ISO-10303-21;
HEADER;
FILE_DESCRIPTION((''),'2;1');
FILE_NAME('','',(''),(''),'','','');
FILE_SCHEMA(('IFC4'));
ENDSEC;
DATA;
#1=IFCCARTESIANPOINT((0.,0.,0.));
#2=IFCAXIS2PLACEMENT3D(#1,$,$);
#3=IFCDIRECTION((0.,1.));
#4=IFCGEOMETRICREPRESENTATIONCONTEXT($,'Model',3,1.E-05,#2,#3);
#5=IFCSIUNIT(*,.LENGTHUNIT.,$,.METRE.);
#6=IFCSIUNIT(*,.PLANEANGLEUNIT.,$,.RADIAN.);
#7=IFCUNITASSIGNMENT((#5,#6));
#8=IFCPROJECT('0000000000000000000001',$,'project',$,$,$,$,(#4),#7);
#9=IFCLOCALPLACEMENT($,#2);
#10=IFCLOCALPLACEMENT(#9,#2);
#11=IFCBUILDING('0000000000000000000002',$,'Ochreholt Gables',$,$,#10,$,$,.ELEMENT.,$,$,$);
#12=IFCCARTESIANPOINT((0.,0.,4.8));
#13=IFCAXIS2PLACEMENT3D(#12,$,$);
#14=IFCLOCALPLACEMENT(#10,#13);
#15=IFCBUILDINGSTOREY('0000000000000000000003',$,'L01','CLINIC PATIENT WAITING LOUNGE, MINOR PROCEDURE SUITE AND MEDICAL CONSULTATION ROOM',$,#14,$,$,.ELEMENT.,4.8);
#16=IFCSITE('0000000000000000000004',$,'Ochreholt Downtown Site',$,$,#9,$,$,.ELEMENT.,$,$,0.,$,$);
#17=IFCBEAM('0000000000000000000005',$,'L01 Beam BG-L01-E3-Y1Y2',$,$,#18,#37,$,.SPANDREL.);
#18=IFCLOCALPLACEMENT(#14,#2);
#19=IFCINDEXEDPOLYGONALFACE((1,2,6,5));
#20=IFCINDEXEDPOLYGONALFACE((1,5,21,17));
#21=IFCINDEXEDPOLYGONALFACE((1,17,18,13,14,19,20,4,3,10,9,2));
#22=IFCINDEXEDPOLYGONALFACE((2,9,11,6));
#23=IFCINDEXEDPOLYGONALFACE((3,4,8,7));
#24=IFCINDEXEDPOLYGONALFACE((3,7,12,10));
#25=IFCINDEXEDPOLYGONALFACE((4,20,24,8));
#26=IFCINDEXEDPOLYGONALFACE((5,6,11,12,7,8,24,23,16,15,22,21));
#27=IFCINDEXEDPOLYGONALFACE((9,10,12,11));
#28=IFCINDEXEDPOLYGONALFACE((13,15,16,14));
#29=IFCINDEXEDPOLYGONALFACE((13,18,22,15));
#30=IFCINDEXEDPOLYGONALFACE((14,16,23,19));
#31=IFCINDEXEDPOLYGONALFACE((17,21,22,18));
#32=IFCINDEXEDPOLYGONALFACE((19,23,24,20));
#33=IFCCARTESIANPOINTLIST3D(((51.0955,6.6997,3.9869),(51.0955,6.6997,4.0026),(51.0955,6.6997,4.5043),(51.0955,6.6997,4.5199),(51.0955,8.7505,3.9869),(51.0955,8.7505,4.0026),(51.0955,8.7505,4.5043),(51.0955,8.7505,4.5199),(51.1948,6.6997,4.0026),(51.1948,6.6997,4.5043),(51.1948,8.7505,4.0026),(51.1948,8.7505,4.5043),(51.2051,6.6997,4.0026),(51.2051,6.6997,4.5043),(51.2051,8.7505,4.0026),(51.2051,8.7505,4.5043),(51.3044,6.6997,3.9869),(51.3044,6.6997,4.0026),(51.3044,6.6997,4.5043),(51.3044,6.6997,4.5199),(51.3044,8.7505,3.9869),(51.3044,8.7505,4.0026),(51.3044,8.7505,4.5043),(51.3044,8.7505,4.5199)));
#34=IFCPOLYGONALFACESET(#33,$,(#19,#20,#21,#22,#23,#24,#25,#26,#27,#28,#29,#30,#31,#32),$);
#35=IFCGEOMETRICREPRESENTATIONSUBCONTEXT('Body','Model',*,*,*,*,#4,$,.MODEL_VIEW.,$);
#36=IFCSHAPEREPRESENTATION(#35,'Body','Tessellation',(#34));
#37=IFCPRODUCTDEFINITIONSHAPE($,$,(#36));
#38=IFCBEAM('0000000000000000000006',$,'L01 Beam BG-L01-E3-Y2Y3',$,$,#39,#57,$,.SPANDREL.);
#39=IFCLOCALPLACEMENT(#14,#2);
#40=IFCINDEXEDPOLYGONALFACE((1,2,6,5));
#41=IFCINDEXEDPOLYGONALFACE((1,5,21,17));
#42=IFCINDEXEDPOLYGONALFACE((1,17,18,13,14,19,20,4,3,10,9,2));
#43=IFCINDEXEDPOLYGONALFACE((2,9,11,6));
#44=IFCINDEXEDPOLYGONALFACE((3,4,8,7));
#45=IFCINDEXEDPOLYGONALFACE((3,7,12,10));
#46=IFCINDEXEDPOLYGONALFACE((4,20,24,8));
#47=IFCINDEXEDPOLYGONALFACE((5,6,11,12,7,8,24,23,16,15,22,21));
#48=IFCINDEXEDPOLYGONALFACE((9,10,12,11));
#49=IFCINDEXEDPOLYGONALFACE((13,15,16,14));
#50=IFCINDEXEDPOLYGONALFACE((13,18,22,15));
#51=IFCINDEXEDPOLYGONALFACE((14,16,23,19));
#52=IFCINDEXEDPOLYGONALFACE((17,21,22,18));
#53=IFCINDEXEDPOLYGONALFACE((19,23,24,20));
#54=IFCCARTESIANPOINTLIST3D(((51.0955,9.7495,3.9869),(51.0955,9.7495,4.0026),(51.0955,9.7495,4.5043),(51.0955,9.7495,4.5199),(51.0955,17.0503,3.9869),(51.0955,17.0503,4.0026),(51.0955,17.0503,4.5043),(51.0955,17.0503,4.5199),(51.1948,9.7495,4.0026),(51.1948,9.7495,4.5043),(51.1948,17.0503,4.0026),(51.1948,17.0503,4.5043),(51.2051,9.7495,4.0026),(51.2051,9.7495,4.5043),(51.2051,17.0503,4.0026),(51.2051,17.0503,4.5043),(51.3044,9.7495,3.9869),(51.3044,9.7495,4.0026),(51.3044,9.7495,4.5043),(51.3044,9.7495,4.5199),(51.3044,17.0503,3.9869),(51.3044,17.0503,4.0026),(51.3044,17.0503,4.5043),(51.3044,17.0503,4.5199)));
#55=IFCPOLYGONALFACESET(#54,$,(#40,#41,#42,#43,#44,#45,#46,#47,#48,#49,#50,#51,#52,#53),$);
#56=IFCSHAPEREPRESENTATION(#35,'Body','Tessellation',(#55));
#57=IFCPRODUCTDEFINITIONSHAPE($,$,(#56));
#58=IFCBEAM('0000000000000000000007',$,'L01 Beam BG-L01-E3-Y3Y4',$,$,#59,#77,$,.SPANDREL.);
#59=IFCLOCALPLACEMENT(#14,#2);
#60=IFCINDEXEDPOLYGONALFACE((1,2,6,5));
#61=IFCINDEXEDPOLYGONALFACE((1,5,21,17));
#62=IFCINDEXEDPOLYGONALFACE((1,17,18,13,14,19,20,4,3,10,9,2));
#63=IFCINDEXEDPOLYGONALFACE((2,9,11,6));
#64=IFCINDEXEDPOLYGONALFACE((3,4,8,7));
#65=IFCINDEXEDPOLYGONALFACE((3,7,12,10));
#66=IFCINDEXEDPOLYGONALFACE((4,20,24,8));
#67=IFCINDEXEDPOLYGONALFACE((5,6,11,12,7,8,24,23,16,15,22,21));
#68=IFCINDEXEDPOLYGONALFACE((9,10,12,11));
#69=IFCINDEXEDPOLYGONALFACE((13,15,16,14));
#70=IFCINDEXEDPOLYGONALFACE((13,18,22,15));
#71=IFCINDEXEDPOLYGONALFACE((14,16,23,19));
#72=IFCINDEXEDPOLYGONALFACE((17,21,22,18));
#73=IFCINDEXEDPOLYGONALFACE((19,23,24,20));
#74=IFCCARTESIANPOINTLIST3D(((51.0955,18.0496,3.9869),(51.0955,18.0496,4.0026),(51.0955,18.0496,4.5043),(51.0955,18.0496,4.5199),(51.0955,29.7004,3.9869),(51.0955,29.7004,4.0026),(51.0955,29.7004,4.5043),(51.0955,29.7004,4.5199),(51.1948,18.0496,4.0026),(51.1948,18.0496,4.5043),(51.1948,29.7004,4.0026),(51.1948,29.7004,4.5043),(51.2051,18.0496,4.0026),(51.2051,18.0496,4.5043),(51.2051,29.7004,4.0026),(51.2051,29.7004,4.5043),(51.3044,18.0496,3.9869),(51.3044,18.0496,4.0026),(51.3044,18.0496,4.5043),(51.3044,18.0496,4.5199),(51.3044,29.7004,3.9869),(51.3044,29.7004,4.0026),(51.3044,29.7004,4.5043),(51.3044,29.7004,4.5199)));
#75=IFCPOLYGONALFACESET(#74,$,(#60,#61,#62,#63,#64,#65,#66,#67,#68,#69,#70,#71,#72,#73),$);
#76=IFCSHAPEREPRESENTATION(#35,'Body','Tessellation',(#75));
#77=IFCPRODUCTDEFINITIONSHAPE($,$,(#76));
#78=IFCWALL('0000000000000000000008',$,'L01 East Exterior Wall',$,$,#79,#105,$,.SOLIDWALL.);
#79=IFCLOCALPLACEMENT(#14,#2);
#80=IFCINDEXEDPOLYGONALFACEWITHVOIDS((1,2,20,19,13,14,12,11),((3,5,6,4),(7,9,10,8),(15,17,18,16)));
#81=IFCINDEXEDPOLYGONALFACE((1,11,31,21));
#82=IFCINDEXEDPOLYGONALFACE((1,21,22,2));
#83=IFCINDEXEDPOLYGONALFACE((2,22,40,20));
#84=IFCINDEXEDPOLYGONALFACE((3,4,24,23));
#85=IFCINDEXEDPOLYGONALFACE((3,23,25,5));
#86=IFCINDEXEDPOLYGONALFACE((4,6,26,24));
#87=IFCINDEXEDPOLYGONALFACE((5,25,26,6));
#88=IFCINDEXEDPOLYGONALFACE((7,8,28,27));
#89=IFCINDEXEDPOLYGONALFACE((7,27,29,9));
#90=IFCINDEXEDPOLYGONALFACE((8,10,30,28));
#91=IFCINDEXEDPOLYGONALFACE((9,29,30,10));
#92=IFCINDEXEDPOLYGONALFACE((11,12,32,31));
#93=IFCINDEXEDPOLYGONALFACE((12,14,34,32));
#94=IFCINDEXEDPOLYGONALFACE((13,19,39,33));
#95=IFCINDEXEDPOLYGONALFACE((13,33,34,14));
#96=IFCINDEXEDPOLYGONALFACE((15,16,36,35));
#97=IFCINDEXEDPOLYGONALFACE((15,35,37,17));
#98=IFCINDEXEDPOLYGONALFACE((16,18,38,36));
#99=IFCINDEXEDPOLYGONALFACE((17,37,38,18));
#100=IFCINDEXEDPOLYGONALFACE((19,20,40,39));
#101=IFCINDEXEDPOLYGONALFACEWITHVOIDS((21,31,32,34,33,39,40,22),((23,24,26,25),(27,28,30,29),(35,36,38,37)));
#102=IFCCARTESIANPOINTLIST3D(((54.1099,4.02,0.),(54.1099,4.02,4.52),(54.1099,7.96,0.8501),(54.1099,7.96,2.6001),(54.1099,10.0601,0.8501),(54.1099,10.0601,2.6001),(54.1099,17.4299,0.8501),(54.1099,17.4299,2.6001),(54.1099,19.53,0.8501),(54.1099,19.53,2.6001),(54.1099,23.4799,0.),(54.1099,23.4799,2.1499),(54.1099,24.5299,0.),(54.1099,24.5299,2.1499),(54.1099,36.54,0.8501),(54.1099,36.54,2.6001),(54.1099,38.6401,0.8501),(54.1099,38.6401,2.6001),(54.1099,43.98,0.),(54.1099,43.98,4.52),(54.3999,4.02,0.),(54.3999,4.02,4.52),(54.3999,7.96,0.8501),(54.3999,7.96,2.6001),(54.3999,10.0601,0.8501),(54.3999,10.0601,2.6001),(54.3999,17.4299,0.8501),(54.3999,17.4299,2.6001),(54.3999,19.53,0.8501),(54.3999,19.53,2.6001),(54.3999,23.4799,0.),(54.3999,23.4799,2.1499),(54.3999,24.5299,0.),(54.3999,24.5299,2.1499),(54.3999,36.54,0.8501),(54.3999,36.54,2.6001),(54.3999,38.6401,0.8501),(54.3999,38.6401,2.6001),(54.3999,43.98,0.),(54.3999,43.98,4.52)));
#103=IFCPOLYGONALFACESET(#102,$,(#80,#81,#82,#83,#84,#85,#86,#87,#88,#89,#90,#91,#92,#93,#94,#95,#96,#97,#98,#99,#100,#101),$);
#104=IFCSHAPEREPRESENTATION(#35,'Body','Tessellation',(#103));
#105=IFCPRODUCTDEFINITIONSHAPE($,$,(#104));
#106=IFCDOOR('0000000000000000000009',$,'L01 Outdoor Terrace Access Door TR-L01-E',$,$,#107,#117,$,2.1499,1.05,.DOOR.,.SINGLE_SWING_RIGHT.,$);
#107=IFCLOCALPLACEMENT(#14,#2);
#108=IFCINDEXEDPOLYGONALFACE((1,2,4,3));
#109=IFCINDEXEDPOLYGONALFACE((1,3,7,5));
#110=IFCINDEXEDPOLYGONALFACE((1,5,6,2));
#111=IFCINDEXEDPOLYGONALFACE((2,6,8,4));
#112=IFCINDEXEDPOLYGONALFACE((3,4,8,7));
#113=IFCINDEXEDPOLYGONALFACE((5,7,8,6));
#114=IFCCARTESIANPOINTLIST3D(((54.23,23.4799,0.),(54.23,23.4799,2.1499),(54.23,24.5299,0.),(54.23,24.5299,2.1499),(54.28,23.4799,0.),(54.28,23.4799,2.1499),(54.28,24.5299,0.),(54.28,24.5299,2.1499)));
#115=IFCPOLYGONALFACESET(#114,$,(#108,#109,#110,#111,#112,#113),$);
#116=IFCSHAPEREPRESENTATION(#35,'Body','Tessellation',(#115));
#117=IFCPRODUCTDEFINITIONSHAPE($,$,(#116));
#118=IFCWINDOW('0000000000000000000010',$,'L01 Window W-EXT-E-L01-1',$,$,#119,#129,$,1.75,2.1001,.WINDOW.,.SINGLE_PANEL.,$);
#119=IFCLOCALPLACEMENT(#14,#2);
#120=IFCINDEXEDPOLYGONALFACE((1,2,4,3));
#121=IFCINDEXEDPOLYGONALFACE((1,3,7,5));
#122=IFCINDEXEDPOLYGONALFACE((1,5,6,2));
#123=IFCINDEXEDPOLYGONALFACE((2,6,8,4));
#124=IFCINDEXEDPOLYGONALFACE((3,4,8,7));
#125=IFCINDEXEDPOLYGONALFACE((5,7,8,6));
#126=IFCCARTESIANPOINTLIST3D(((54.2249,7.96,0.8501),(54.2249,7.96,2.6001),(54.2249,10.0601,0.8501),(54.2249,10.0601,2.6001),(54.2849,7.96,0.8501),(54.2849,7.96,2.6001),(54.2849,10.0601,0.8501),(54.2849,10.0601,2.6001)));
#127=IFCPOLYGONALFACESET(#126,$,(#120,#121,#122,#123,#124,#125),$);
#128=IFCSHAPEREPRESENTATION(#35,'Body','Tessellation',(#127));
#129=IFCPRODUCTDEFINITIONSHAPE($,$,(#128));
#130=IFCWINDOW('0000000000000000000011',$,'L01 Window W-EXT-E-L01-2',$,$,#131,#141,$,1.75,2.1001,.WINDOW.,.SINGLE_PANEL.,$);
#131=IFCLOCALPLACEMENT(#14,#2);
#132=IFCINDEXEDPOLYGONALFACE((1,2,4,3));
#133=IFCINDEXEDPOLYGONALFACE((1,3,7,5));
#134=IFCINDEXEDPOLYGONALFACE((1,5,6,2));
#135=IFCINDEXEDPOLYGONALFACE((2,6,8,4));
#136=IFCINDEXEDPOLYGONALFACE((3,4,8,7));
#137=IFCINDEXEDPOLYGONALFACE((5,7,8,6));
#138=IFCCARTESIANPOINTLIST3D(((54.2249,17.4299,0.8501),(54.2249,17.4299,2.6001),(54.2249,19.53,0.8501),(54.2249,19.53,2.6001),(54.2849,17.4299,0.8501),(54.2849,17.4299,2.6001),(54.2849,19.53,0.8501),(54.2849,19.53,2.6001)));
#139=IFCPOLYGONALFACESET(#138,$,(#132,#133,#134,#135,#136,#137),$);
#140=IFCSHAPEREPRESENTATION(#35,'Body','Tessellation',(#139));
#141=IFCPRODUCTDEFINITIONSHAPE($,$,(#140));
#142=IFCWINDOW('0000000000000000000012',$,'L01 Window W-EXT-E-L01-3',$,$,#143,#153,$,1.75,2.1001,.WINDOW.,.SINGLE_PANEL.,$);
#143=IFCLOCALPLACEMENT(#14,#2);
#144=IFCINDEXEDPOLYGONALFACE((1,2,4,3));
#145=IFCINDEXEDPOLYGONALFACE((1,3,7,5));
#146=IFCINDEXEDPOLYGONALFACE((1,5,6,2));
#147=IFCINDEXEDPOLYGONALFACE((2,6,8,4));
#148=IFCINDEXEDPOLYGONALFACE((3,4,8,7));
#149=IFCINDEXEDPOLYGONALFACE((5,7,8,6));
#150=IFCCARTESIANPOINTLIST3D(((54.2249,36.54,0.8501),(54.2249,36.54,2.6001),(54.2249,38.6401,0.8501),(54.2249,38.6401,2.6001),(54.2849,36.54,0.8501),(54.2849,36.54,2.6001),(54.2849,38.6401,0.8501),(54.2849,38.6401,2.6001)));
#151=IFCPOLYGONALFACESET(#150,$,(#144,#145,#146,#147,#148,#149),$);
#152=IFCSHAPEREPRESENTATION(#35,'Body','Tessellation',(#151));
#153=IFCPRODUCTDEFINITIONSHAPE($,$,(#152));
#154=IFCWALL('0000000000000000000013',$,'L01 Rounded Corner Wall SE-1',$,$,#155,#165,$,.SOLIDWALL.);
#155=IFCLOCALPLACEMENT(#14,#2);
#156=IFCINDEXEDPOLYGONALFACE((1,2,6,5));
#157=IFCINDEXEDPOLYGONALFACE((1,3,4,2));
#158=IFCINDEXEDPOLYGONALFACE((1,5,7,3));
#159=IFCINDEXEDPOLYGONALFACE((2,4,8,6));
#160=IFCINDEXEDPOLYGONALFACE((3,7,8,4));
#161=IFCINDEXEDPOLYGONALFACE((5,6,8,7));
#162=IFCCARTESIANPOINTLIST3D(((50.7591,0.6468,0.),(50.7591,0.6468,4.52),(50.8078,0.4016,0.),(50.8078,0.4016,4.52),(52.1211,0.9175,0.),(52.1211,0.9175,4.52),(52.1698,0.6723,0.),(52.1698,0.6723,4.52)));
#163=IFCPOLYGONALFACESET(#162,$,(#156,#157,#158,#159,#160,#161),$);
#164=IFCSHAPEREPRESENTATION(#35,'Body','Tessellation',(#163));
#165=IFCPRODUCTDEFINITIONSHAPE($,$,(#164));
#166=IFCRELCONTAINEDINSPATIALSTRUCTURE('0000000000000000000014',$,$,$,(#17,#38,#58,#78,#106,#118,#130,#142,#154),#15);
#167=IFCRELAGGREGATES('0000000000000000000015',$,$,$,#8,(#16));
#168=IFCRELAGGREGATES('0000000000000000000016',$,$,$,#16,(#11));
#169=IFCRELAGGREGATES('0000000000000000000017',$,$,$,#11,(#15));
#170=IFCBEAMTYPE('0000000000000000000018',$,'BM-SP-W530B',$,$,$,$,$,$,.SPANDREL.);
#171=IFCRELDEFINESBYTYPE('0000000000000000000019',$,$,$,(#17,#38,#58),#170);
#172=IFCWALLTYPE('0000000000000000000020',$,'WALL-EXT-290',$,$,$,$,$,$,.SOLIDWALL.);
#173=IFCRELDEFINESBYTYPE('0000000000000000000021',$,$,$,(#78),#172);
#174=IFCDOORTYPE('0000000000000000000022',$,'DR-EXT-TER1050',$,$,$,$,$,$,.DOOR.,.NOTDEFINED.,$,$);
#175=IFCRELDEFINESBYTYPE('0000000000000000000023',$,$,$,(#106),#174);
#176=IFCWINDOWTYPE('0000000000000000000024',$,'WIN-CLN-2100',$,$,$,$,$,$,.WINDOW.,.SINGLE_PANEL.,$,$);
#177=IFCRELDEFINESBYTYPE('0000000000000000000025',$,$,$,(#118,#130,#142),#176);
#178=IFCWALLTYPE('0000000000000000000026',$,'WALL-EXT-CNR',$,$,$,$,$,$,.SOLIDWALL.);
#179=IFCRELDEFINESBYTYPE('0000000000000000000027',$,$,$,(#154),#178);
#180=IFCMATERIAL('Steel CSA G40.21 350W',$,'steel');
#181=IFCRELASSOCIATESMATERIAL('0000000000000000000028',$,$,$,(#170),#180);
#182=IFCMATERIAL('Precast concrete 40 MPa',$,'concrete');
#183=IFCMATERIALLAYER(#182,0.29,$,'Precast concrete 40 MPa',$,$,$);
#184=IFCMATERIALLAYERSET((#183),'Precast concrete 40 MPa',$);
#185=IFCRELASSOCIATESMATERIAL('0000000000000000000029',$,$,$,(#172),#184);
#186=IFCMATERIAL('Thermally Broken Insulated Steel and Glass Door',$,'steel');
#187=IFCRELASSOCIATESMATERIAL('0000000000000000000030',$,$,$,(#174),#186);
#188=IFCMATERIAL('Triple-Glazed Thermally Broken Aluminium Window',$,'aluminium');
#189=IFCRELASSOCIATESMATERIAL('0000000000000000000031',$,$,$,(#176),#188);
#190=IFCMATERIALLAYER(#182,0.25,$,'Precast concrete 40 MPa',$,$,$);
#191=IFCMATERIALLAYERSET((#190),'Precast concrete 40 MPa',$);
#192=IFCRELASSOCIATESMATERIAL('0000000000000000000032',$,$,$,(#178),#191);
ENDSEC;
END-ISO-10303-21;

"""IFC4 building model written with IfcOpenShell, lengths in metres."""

from ifc_helpers import new_model, si_unit, direction, frame, frame_2d, origin, origin_2d, place, context, subcontext, project, spatial, rectangle, i_section, extrude, material, layer, layer_set, material_profile, profile_set, type_object, element, fill, save


model = new_model("IFC4")

# Units and contexts
model_context = context("Model", 3, precision=1e-05, world=origin(), true_north=direction((0.0, 1.0)))
body_context = subcontext(model_context, "Body", "Model", "MODEL_VIEW")
ifc_project = project(units=[si_unit("LENGTHUNIT", "METRE"), si_unit("PLANEANGLEUNIT", "RADIAN")], contexts=[model_context])

# Site, building, storey
site_placement = place(None, origin())
site = spatial("IfcSite", under=ifc_project, at=site_placement, Name="Ochreholt Downtown Site", CompositionType="ELEMENT", RefElevation=0.0)
building_placement = place(site_placement, origin())
building = spatial("IfcBuilding", under=site, at=building_placement, Name="Ochreholt Gables", CompositionType="ELEMENT")
storey_placement = place(building_placement, frame((0.0, 0.0, 4.8)))
storey = spatial("IfcBuildingStorey", under=building, at=storey_placement, Name="L01", Description="CLINIC PATIENT WAITING LOUNGE, MINOR PROCEDURE SUITE AND MEDICAL CONSULTATION ROOM", CompositionType="ELEMENT", Elevation=4.8)

# Beams
ifc_material_1 = material(Name="Steel CSA G40.21 350W", Category="steel")
ifc_material_profile_1 = material_profile(ifc_material_1, i_section(OverallWidth=0.209, OverallDepth=0.533, WebThickness=0.0103, FlangeThickness=0.0156, at=origin_2d()), Name="W530X92")
ifc_profile_set_1 = profile_set([ifc_material_profile_1], Name="Steel CSA G40.21 350W")
beam_type_1 = type_object("IfcBeamType", Name="BM-SP-W530B", PredefinedType="SPANDREL", material=ifc_profile_set_1)
beam_1_placement = place(storey_placement, frame((51.2, 6.6997, 4.2534), z_axis=(0.0, 1.0, 0.0), x_axis=(-1.0, 0.0, 0.0)))
element("IfcBeam", 1, at=beam_1_placement, inside=storey, type_object=beam_type_1, Name="L01 Beam BG-L01-E3-Y1Y2", PredefinedType="SPANDREL", context=body_context, shape_type="SweptSolid", body=[
    extrude(i_section(OverallWidth=0.209, OverallDepth=0.533, WebThickness=0.0103, FlangeThickness=0.0156, at=origin_2d()), origin(), (0.0, 0.0, 1.0), 2.0508),
])
beam_2_placement = place(storey_placement, frame((51.2, 9.7495, 4.2534), z_axis=(0.0, 1.0, 0.0), x_axis=(-1.0, 0.0, 0.0)))
element("IfcBeam", 2, at=beam_2_placement, inside=storey, type_object=beam_type_1, Name="L01 Beam BG-L01-E3-Y2Y3", PredefinedType="SPANDREL", context=body_context, shape_type="SweptSolid", body=[
    extrude(i_section(OverallWidth=0.209, OverallDepth=0.533, WebThickness=0.0103, FlangeThickness=0.0156, at=origin_2d()), origin(), (0.0, 0.0, 1.0), 7.3008),
])
beam_3_placement = place(storey_placement, frame((51.2, 18.0496, 4.2534), z_axis=(0.0, 1.0, 0.0), x_axis=(-1.0, 0.0, 0.0)))
element("IfcBeam", 3, at=beam_3_placement, inside=storey, type_object=beam_type_1, Name="L01 Beam BG-L01-E3-Y3Y4", PredefinedType="SPANDREL", context=body_context, shape_type="SweptSolid", body=[
    extrude(i_section(OverallWidth=0.209, OverallDepth=0.533, WebThickness=0.0103, FlangeThickness=0.0156, at=origin_2d()), origin(), (0.0, 0.0, 1.0), 11.6509),
])

# Wall, openings, door, windows
ifc_material_2 = material(Name="Precast concrete 40 MPa", Category="concrete")
ifc_layer_1 = layer(ifc_material_2, 0.29, Name="Precast concrete 40 MPa")
ifc_layer_set_1 = layer_set([ifc_layer_1], Name="Precast concrete 40 MPa")
wall_type_1 = type_object("IfcWallType", Name="WALL-EXT-290", PredefinedType="SOLIDWALL", material=ifc_layer_set_1)
wall_1_placement = place(storey_placement, frame((54.2549, 4.02, 0.0), z_axis=(0.0, 0.0, 1.0), x_axis=(0.0, 1.0, 0.0)))
wall_1 = element("IfcWall", 4, at=wall_1_placement, inside=storey, type_object=wall_type_1, Name="L01 East Exterior Wall", PredefinedType="SOLIDWALL", context=body_context, shape_type="SweptSolid", body=[
    extrude(rectangle(XDim=39.96, YDim=0.29, at=frame_2d((19.98, 0.0))), origin(), (0.0, 0.0, 1.0), 4.52),
])
opening_1_placement = place(wall_1_placement, frame((19.46, 0.0, 0.0)))
opening_1 = element("IfcOpeningElement", 5, at=opening_1_placement, cuts=wall_1, PredefinedType="OPENING", context=body_context, shape_type="SweptSolid", body=[
    extrude(rectangle(XDim=1.05, YDim=2.1499, at=frame_2d((0.5249, 1.075))), frame((0.0, 0.155, 0.0), z_axis=(0.0, -1.0, 0.0), x_axis=(1.0, 0.0, 0.0)), (0.0, 0.0, 1.0), 0.3101),
])
opening_2_placement = place(wall_1_placement, frame((3.9399, 0.0, 0.8501)))
opening_2 = element("IfcOpeningElement", 6, at=opening_2_placement, cuts=wall_1, PredefinedType="OPENING", context=body_context, shape_type="SweptSolid", body=[
    extrude(rectangle(XDim=2.1001, YDim=1.75, at=frame_2d((1.05, 0.875))), frame((0.0, 0.155, 0.0), z_axis=(0.0, -1.0, 0.0), x_axis=(1.0, 0.0, 0.0)), (0.0, 0.0, 1.0), 0.3101),
])
opening_3_placement = place(wall_1_placement, frame((13.4099, 0.0, 0.8501)))
opening_3 = element("IfcOpeningElement", 7, at=opening_3_placement, cuts=wall_1, PredefinedType="OPENING", context=body_context, shape_type="SweptSolid", body=[
    extrude(rectangle(XDim=2.1001, YDim=1.75, at=frame_2d((1.05, 0.875))), frame((0.0, 0.155, 0.0), z_axis=(0.0, -1.0, 0.0), x_axis=(1.0, 0.0, 0.0)), (0.0, 0.0, 1.0), 0.3101),
])
opening_4_placement = place(wall_1_placement, frame((32.52, 0.0, 0.8501)))
opening_4 = element("IfcOpeningElement", 8, at=opening_4_placement, cuts=wall_1, PredefinedType="OPENING", context=body_context, shape_type="SweptSolid", body=[
    extrude(rectangle(XDim=2.1001, YDim=1.75, at=frame_2d((1.05, 0.875))), frame((0.0, 0.155, 0.0), z_axis=(0.0, -1.0, 0.0), x_axis=(1.0, 0.0, 0.0)), (0.0, 0.0, 1.0), 0.3101),
])
ifc_material_3 = material(Name="Thermally Broken Insulated Steel and Glass Door", Category="steel")
door_type = type_object("IfcDoorType", Name="DR-EXT-TER1050", OperationType="NOTDEFINED", PredefinedType="DOOR", material=ifc_material_3)
door_placement = place(opening_1_placement, origin())
door = element("IfcDoor", 9, at=door_placement, inside=storey, type_object=door_type, Name="L01 Outdoor Terrace Access Door TR-L01-E", OperationType="SINGLE_SWING_RIGHT", OverallHeight=2.1499, OverallWidth=1.05, PredefinedType="DOOR", context=body_context, shape_type="SweptSolid", body=[
    extrude(rectangle(XDim=1.05, YDim=2.1499, at=frame_2d((0.5249, 1.075))), frame((0.0, 0.0249, 0.0), z_axis=(0.0, -1.0, 0.0), x_axis=(1.0, 0.0, 0.0)), (0.0, 0.0, 1.0), 0.05),
])
fill(opening_1, door)
ifc_material_4 = material(Name="Triple-Glazed Thermally Broken Aluminium Window", Category="aluminium")
window_type = type_object("IfcWindowType", Name="WIN-CLN-2100", PartitioningType="SINGLE_PANEL", PredefinedType="WINDOW", material=ifc_material_4)
window_1_placement = place(opening_2_placement, origin())
window_1 = element("IfcWindow", 10, at=window_1_placement, inside=storey, type_object=window_type, Name="L01 Window W-EXT-E-L01-1", OverallHeight=1.75, OverallWidth=2.1001, PartitioningType="SINGLE_PANEL", PredefinedType="WINDOW", context=body_context, shape_type="SweptSolid", body=[
    extrude(rectangle(XDim=2.1001, YDim=1.75, at=frame_2d((1.05, 0.875))), frame((0.0, 0.03, 0.0), z_axis=(0.0, -1.0, 0.0), x_axis=(1.0, 0.0, 0.0)), (0.0, 0.0, 1.0), 0.0601),
])
fill(opening_2, window_1)
window_2_placement = place(opening_3_placement, origin())
window_2 = element("IfcWindow", 11, at=window_2_placement, inside=storey, type_object=window_type, Name="L01 Window W-EXT-E-L01-2", OverallHeight=1.75, OverallWidth=2.1001, PartitioningType="SINGLE_PANEL", PredefinedType="WINDOW", context=body_context, shape_type="SweptSolid", body=[
    extrude(rectangle(XDim=2.1001, YDim=1.75, at=frame_2d((1.05, 0.875))), frame((0.0, 0.03, 0.0), z_axis=(0.0, -1.0, 0.0), x_axis=(1.0, 0.0, 0.0)), (0.0, 0.0, 1.0), 0.0601),
])
fill(opening_3, window_2)
window_3_placement = place(opening_4_placement, origin())
window_3 = element("IfcWindow", 12, at=window_3_placement, inside=storey, type_object=window_type, Name="L01 Window W-EXT-E-L01-3", OverallHeight=1.75, OverallWidth=2.1001, PartitioningType="SINGLE_PANEL", PredefinedType="WINDOW", context=body_context, shape_type="SweptSolid", body=[
    extrude(rectangle(XDim=2.1001, YDim=1.75, at=frame_2d((1.05, 0.875))), frame((0.0, 0.03, 0.0), z_axis=(0.0, -1.0, 0.0), x_axis=(1.0, 0.0, 0.0)), (0.0, 0.0, 1.0), 0.0601),
])
fill(opening_4, window_3)

# Wall
ifc_layer_2 = layer(ifc_material_2, 0.25, Name="Precast concrete 40 MPa")
ifc_layer_set_2 = layer_set([ifc_layer_2], Name="Precast concrete 40 MPa")
wall_type_2 = type_object("IfcWallType", Name="WALL-EXT-CNR", PredefinedType="SOLIDWALL", material=ifc_layer_set_2)
wall_2_placement = place(storey_placement, frame((50.7834, 0.5242, 0.0), z_axis=(0.0, 0.0, 1.0), x_axis=(0.98081, 0.194967, 0.0)))
element("IfcWall", 13, at=wall_2_placement, inside=storey, type_object=wall_type_2, Name="L01 Rounded Corner Wall SE-1", PredefinedType="SOLIDWALL", context=body_context, shape_type="SweptSolid", body=[
    extrude(rectangle(XDim=1.3887, YDim=0.25, at=frame_2d((0.6943, 0.0))), origin(), (0.0, 0.0, 1.0), 4.52),
])

save(model, "model.ifc")
